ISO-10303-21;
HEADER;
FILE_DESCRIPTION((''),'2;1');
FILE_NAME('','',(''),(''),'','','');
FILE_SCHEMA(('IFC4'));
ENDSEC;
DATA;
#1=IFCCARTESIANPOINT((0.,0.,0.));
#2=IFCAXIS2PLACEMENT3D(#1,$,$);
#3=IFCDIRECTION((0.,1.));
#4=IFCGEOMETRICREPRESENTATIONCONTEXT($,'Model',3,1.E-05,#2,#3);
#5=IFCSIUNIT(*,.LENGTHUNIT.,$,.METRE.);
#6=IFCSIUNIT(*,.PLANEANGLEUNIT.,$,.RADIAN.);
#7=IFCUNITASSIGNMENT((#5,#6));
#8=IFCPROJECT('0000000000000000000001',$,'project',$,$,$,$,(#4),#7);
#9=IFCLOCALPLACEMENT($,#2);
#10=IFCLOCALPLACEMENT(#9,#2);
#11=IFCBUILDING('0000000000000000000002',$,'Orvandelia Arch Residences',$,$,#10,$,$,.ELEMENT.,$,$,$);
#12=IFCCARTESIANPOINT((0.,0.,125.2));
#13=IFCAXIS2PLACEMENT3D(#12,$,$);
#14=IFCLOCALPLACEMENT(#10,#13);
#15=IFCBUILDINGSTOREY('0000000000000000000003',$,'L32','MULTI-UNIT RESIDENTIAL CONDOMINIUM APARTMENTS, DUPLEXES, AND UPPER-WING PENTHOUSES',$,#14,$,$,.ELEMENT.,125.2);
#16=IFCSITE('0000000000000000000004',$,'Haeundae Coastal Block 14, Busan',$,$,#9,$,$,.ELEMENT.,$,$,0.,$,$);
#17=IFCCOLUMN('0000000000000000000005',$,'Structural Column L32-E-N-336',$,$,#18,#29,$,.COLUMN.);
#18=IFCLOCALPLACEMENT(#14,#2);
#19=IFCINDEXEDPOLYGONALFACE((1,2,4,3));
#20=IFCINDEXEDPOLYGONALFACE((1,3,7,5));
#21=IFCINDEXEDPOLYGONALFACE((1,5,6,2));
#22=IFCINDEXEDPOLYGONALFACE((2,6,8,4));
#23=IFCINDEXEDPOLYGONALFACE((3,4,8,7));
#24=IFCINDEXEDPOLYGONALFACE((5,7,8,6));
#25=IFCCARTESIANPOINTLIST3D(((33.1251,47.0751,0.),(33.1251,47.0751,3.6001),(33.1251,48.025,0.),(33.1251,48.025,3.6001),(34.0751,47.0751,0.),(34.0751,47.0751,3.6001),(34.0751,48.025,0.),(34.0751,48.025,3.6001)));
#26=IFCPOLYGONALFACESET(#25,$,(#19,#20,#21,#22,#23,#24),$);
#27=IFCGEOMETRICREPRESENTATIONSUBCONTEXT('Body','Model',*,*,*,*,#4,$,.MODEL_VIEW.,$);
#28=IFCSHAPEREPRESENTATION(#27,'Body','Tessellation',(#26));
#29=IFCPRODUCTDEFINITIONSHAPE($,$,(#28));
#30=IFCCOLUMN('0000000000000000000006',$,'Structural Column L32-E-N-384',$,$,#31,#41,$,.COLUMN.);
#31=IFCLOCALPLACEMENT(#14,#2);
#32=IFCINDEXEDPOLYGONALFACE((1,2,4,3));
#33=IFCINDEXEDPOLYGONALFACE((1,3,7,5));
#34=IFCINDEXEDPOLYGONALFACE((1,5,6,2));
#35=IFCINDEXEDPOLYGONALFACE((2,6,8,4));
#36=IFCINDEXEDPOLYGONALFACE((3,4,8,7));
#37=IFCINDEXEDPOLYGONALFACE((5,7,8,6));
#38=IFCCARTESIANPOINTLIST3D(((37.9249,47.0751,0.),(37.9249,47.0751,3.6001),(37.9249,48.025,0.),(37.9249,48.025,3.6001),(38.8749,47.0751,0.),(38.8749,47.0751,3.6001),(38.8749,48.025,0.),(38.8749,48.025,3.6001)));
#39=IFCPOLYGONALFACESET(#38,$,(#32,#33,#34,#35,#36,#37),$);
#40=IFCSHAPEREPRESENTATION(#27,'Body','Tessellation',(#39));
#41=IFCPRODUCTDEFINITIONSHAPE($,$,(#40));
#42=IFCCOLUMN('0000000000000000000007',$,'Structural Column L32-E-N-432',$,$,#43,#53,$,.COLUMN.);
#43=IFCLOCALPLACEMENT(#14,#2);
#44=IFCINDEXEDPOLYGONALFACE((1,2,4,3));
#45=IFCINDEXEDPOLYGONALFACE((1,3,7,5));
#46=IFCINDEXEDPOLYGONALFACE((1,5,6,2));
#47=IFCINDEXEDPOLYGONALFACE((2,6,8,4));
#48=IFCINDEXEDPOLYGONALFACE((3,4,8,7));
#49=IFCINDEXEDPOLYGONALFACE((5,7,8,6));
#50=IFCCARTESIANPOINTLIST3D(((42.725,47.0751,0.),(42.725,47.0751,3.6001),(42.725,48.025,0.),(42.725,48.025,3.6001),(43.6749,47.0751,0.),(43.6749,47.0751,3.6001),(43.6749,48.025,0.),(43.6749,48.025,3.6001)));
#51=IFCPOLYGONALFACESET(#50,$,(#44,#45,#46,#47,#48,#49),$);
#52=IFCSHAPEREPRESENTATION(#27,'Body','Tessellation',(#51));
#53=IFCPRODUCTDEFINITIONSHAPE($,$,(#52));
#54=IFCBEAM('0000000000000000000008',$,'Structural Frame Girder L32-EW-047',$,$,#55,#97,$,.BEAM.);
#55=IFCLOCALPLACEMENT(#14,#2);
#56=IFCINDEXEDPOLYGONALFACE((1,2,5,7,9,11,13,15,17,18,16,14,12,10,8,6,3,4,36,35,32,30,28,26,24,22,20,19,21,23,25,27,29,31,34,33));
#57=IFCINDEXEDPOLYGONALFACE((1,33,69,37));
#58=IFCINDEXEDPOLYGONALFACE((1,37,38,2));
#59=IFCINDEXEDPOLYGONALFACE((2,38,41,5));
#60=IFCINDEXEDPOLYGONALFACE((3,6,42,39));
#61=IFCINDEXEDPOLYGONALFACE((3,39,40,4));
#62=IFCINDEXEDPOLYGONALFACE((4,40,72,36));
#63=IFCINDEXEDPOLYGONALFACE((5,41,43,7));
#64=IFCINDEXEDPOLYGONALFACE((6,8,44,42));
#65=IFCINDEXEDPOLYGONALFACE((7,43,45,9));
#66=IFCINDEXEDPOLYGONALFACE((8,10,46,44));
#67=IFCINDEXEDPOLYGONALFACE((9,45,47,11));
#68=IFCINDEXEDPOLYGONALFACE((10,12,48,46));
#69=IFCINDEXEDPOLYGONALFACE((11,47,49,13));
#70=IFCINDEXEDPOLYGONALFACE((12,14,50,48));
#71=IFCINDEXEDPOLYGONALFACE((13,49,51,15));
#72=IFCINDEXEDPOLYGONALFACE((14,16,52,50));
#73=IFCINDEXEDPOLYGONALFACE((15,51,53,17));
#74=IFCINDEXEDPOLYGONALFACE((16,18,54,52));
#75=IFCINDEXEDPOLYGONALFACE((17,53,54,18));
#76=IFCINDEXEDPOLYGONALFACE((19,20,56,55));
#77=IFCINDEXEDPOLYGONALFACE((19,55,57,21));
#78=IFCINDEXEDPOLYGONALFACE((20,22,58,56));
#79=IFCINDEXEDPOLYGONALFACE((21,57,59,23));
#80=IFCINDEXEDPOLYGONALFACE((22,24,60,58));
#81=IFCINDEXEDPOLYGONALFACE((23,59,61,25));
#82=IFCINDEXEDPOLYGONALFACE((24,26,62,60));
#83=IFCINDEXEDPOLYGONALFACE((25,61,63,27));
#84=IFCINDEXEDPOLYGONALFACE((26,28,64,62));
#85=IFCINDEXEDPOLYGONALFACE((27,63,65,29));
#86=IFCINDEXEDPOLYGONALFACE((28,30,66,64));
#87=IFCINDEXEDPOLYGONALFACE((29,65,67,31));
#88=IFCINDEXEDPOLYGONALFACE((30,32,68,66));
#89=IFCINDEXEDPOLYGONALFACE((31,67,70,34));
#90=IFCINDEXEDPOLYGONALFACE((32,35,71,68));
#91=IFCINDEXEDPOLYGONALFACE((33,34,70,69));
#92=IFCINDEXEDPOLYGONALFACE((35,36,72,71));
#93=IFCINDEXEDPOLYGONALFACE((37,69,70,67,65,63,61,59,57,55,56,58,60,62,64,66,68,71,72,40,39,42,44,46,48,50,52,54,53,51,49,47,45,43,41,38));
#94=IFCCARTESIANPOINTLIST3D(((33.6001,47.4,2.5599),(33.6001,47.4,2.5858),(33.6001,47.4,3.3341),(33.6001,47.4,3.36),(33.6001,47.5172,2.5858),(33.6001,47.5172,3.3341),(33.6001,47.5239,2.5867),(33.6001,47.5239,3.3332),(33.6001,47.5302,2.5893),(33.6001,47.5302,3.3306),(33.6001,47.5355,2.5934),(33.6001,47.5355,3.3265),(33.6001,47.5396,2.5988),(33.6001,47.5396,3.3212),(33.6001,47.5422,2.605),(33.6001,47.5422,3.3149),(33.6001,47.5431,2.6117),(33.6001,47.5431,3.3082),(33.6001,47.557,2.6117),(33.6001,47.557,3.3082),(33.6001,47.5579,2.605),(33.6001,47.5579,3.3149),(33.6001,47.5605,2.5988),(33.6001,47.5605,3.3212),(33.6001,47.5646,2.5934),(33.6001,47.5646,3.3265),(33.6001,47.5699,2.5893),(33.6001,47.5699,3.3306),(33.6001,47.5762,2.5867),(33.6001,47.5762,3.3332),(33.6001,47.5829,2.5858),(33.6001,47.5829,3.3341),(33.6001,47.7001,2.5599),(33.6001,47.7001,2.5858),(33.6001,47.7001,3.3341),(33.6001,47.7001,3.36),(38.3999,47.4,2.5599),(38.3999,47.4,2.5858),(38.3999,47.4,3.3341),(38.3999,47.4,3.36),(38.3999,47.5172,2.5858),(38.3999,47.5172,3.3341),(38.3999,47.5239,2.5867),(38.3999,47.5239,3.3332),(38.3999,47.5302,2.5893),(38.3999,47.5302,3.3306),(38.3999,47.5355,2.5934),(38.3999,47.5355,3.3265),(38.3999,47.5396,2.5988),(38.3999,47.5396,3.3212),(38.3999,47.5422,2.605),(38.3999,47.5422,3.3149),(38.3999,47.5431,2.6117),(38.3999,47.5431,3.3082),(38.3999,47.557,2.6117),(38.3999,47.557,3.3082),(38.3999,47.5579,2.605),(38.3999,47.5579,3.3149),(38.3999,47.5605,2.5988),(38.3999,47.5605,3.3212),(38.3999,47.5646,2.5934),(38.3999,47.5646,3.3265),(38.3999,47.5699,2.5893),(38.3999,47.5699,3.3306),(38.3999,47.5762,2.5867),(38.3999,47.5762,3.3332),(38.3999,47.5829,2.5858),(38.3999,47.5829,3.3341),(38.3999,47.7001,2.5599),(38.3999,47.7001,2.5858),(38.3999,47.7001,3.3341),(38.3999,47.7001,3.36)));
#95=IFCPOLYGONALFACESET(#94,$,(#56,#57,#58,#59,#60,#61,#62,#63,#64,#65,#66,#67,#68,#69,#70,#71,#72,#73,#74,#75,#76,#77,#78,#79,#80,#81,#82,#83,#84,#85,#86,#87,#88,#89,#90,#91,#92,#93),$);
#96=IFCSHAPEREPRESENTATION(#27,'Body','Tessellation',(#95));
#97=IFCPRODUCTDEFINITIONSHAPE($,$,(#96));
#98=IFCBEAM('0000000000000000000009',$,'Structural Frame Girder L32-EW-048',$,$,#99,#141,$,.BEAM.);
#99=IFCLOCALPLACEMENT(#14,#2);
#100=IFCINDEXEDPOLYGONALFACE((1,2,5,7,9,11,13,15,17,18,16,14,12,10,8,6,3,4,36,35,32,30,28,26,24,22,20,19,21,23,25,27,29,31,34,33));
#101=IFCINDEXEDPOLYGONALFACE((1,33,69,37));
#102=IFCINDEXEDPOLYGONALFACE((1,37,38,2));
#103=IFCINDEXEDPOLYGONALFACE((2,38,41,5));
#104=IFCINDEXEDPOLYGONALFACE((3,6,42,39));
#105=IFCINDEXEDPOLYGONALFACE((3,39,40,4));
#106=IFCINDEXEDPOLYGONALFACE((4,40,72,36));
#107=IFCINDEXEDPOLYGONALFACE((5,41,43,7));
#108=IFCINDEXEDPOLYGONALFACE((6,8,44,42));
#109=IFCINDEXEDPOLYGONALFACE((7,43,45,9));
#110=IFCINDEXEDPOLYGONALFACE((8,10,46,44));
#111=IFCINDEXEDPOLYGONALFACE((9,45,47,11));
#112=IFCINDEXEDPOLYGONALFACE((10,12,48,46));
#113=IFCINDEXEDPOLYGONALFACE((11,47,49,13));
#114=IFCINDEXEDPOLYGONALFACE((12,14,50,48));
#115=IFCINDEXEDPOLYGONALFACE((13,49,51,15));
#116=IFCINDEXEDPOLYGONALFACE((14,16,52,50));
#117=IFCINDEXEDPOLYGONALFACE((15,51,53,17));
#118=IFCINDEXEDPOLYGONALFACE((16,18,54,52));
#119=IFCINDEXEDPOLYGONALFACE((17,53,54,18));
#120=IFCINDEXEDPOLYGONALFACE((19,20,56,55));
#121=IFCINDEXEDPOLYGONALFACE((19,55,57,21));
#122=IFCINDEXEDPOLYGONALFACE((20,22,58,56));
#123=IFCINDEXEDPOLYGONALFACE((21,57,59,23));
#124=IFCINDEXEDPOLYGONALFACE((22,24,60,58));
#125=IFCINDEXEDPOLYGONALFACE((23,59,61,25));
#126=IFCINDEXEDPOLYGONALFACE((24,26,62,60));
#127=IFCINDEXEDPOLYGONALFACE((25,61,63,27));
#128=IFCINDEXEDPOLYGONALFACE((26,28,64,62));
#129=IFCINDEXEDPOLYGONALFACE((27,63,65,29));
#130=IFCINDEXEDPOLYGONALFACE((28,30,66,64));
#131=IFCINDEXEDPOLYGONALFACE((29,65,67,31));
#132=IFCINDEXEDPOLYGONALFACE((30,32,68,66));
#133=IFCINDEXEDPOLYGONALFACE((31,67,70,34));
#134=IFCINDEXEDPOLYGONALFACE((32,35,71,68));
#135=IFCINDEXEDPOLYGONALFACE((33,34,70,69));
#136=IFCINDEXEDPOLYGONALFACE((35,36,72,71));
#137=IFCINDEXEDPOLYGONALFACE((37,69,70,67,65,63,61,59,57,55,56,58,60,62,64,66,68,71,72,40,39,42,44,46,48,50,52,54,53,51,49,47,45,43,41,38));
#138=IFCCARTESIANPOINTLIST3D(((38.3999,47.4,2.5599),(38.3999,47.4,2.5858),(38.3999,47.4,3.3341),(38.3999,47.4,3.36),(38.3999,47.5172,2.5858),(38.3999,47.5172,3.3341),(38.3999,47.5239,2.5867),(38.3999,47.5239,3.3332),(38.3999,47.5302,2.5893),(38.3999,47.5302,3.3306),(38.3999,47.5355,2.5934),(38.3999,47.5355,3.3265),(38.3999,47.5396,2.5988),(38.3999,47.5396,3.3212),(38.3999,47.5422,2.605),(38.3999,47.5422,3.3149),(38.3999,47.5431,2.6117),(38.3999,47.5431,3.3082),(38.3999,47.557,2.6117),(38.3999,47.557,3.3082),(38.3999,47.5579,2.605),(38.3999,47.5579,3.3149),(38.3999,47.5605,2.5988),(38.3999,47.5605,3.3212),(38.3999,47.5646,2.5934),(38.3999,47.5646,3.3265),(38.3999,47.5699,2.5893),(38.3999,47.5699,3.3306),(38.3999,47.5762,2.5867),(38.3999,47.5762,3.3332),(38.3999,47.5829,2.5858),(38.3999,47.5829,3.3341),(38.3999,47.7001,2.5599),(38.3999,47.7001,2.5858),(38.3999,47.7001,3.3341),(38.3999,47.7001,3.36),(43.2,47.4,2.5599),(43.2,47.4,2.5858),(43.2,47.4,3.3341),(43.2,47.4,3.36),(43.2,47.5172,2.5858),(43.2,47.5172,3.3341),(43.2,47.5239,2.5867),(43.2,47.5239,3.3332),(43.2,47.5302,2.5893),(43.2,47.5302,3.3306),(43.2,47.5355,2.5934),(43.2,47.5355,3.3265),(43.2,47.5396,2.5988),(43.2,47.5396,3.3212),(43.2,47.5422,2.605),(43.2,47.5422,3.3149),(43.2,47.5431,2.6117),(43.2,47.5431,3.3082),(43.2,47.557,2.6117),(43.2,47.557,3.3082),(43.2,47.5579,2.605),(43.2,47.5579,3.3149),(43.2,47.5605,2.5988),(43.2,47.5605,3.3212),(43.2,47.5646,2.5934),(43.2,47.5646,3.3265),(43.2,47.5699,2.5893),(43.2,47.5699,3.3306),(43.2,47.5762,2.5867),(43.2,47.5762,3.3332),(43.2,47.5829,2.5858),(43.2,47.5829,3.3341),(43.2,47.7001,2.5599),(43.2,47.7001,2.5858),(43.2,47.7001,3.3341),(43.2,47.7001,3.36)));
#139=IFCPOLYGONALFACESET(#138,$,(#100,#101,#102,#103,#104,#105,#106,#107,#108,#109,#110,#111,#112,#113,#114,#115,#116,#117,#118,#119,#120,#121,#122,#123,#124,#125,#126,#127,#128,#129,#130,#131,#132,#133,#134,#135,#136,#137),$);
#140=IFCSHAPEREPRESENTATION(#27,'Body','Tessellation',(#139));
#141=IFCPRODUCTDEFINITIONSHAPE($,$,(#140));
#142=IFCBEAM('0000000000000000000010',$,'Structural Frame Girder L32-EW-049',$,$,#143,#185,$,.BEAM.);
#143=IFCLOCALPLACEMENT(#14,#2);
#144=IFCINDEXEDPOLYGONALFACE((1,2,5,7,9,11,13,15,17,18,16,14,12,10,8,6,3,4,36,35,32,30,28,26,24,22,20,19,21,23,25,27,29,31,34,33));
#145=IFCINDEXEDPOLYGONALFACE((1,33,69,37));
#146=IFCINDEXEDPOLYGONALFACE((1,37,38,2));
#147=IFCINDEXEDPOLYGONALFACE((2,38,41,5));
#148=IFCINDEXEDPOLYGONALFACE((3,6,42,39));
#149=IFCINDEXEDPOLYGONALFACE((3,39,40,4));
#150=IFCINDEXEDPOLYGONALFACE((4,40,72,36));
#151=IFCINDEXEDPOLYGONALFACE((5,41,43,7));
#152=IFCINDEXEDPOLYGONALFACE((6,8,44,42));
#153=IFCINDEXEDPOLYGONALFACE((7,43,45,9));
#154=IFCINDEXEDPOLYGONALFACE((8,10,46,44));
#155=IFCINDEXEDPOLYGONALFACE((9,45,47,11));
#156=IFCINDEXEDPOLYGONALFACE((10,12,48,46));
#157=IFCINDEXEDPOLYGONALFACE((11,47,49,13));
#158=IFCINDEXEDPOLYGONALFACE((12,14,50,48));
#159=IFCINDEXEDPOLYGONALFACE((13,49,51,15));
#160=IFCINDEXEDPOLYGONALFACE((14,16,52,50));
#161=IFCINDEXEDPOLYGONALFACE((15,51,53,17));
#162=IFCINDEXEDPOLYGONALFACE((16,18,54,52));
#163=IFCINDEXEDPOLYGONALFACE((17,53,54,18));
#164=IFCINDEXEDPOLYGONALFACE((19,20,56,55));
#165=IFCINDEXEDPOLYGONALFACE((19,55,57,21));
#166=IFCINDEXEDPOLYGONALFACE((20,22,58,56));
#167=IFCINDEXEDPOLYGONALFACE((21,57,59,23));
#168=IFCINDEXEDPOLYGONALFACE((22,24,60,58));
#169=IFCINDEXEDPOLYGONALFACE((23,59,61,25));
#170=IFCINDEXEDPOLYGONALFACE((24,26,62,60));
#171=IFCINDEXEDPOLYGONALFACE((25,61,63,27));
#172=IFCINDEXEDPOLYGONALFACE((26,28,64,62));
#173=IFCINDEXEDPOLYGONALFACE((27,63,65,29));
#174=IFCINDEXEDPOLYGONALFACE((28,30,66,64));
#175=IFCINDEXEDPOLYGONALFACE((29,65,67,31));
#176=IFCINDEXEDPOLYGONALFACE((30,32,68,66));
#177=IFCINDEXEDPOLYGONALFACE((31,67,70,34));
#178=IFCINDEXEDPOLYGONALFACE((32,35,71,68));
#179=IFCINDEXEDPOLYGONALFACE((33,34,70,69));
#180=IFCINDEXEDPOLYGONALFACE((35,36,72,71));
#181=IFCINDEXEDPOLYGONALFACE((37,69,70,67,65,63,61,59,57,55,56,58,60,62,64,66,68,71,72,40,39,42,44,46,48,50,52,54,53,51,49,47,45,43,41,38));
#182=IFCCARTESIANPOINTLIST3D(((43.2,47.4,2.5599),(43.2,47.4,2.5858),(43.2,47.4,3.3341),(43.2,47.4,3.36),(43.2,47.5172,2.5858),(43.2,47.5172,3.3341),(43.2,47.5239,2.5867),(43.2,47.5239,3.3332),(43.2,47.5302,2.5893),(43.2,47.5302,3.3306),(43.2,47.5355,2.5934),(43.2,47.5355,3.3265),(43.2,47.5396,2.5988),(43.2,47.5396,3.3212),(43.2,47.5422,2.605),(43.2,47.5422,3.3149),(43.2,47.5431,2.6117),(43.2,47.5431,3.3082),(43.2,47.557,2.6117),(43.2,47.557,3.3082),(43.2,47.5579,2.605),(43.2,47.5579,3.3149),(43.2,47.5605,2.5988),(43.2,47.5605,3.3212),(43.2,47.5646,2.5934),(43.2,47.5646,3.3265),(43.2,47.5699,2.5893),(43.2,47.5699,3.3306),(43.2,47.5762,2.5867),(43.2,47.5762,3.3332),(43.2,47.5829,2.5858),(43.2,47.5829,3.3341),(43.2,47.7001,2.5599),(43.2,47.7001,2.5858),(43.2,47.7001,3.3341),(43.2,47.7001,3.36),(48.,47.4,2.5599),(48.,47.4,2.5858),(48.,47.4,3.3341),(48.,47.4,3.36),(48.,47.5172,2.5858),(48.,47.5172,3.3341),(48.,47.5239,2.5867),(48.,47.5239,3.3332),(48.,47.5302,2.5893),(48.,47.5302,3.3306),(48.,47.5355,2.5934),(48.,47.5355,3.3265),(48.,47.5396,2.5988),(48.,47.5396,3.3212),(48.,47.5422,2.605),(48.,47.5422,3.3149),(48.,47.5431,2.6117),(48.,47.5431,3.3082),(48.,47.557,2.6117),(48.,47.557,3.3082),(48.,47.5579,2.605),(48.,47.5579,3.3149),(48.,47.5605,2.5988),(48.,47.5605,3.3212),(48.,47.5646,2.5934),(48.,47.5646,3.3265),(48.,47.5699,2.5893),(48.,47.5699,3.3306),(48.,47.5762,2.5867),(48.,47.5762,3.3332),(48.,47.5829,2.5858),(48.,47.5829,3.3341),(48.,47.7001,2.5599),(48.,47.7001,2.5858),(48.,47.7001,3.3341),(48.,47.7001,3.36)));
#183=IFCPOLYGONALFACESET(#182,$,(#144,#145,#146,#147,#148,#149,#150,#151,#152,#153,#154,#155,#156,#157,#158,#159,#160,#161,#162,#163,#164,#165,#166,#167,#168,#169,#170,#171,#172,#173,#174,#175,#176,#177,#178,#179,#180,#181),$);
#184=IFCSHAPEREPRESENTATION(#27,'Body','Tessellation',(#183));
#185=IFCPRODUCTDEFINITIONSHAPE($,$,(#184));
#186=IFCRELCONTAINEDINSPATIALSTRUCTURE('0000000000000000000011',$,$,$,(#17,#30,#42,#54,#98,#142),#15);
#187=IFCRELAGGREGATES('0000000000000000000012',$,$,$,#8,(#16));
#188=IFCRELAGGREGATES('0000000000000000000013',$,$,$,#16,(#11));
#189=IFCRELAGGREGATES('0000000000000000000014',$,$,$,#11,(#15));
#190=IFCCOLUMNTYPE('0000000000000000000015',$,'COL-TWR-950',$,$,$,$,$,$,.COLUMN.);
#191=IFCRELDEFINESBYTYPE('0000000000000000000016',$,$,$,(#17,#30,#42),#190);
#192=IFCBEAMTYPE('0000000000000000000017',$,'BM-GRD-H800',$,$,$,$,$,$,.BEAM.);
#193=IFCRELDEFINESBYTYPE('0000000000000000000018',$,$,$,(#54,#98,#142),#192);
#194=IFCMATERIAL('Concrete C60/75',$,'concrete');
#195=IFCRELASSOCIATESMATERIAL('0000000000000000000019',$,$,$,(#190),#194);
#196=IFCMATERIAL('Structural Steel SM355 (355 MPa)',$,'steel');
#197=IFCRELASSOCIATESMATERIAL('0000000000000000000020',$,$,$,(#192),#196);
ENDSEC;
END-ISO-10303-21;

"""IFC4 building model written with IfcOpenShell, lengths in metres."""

from ifc_helpers import new_model, si_unit, direction, frame, origin, origin_2d, place, context, subcontext, project, spatial, rectangle, i_section, extrude, material, material_profile, profile_set, type_object, element, save


model = new_model("IFC4")

# Units and contexts
model_context = context("Model", 3, precision=1e-05, world=origin(), true_north=direction((0.0, 1.0)))
body_context = subcontext(model_context, "Body", "Model", "MODEL_VIEW")
ifc_project = project(units=[si_unit("LENGTHUNIT", "METRE"), si_unit("PLANEANGLEUNIT", "RADIAN")], contexts=[model_context])

# Site, building, storey
site_placement = place(None, origin())
site = spatial("IfcSite", under=ifc_project, at=site_placement, Name="Haeundae Coastal Block 14, Busan", CompositionType="ELEMENT", RefElevation=0.0)
building_placement = place(site_placement, origin())
building = spatial("IfcBuilding", under=site, at=building_placement, Name="Orvandelia Arch Residences", CompositionType="ELEMENT")
storey_placement = place(building_placement, frame((0.0, 0.0, 125.2)))
storey = spatial("IfcBuildingStorey", under=building, at=storey_placement, Name="L32", Description="MULTI-UNIT RESIDENTIAL CONDOMINIUM APARTMENTS, DUPLEXES, AND UPPER-WING PENTHOUSES", CompositionType="ELEMENT", Elevation=125.2)

# Columns
ifc_material_1 = material(Name="Concrete C60/75", Category="concrete")
ifc_material_profile_1 = material_profile(ifc_material_1, rectangle(XDim=0.95, YDim=0.95, at=origin_2d()), Name="Concrete C60/75", Category="concrete")
ifc_profile_set_1 = profile_set([ifc_material_profile_1], Name="Concrete C60/75")
column_type = type_object("IfcColumnType", Name="COL-TWR-950", PredefinedType="COLUMN", material=ifc_profile_set_1)
for number, where, z_axis, x_axis, name in (
    (1, (33.6001, 47.55, 0.0), (0.0, 0.0, 1.0), (1.0, 0.0, 0.0), "Structural Column L32-E-N-336"),
    (2, (38.3999, 47.55, 0.0), (0.0, 0.0, 1.0), (1.0, 0.0, 0.0), "Structural Column L32-E-N-384"),
    (3, (43.2, 47.55, 0.0), (0.0, 0.0, 1.0), (1.0, 0.0, 0.0), "Structural Column L32-E-N-432"),
):
    element("IfcColumn", number, at=place(storey_placement, frame(where, z_axis=z_axis, x_axis=x_axis)), inside=storey, type_object=column_type, Name=name, PredefinedType="COLUMN", context=body_context, shape_type="SweptSolid", body=[
        extrude(rectangle(XDim=0.95, YDim=0.95, at=origin_2d()), origin(), (0.0, 0.0, 1.0), 3.6001),
    ])

# Beams
ifc_material_2 = material(Name="Structural Steel SM355 (355 MPa)", Category="steel")
ifc_material_profile_2 = material_profile(ifc_material_2, i_section(OverallWidth=0.3, OverallDepth=0.8, WebThickness=0.0139, FlangeThickness=0.0259, FilletRadius=0.0259, at=origin_2d()), Name="Structural Steel SM355 (355 MPa)", Category="steel")
ifc_profile_set_2 = profile_set([ifc_material_profile_2], Name="Structural Steel SM355 (355 MPa)")
beam_type = type_object("IfcBeamType", Name="BM-GRD-H800", PredefinedType="BEAM", material=ifc_profile_set_2)
beam_placement = place(storey_placement, frame((33.6001, 47.55, 2.96), z_axis=(1.0, 0.0, 0.0), x_axis=(0.0, 1.0, 0.0)))
element("IfcBeam", 4, at=beam_placement, inside=storey, type_object=beam_type, Name="Structural Frame Girder L32-EW-047", PredefinedType="BEAM", context=body_context, shape_type="SweptSolid", body=[
    extrude(i_section(OverallWidth=0.3, OverallDepth=0.8, WebThickness=0.0139, FlangeThickness=0.0259, FilletRadius=0.0259, at=origin_2d()), origin(), (0.0, 0.0, 1.0), 4.7998),
])
for number, where, z_axis, x_axis, name in (
    (5, (38.3999, 47.55, 2.96), (1.0, 0.0, 0.0), (0.0, 1.0, 0.0), "Structural Frame Girder L32-EW-048"),
    (6, (43.2, 47.55, 2.96), (1.0, 0.0, 0.0), (0.0, 1.0, 0.0), "Structural Frame Girder L32-EW-049"),
):
    element("IfcBeam", number, at=place(storey_placement, frame(where, z_axis=z_axis, x_axis=x_axis)), inside=storey, type_object=beam_type, Name=name, PredefinedType="BEAM", context=body_context, shape_type="SweptSolid", body=[
        extrude(i_section(OverallWidth=0.3, OverallDepth=0.8, WebThickness=0.0139, FlangeThickness=0.0259, FilletRadius=0.0259, at=origin_2d()), origin(), (0.0, 0.0, 1.0), 4.8),
    ])

save(model, "model.ifc")
